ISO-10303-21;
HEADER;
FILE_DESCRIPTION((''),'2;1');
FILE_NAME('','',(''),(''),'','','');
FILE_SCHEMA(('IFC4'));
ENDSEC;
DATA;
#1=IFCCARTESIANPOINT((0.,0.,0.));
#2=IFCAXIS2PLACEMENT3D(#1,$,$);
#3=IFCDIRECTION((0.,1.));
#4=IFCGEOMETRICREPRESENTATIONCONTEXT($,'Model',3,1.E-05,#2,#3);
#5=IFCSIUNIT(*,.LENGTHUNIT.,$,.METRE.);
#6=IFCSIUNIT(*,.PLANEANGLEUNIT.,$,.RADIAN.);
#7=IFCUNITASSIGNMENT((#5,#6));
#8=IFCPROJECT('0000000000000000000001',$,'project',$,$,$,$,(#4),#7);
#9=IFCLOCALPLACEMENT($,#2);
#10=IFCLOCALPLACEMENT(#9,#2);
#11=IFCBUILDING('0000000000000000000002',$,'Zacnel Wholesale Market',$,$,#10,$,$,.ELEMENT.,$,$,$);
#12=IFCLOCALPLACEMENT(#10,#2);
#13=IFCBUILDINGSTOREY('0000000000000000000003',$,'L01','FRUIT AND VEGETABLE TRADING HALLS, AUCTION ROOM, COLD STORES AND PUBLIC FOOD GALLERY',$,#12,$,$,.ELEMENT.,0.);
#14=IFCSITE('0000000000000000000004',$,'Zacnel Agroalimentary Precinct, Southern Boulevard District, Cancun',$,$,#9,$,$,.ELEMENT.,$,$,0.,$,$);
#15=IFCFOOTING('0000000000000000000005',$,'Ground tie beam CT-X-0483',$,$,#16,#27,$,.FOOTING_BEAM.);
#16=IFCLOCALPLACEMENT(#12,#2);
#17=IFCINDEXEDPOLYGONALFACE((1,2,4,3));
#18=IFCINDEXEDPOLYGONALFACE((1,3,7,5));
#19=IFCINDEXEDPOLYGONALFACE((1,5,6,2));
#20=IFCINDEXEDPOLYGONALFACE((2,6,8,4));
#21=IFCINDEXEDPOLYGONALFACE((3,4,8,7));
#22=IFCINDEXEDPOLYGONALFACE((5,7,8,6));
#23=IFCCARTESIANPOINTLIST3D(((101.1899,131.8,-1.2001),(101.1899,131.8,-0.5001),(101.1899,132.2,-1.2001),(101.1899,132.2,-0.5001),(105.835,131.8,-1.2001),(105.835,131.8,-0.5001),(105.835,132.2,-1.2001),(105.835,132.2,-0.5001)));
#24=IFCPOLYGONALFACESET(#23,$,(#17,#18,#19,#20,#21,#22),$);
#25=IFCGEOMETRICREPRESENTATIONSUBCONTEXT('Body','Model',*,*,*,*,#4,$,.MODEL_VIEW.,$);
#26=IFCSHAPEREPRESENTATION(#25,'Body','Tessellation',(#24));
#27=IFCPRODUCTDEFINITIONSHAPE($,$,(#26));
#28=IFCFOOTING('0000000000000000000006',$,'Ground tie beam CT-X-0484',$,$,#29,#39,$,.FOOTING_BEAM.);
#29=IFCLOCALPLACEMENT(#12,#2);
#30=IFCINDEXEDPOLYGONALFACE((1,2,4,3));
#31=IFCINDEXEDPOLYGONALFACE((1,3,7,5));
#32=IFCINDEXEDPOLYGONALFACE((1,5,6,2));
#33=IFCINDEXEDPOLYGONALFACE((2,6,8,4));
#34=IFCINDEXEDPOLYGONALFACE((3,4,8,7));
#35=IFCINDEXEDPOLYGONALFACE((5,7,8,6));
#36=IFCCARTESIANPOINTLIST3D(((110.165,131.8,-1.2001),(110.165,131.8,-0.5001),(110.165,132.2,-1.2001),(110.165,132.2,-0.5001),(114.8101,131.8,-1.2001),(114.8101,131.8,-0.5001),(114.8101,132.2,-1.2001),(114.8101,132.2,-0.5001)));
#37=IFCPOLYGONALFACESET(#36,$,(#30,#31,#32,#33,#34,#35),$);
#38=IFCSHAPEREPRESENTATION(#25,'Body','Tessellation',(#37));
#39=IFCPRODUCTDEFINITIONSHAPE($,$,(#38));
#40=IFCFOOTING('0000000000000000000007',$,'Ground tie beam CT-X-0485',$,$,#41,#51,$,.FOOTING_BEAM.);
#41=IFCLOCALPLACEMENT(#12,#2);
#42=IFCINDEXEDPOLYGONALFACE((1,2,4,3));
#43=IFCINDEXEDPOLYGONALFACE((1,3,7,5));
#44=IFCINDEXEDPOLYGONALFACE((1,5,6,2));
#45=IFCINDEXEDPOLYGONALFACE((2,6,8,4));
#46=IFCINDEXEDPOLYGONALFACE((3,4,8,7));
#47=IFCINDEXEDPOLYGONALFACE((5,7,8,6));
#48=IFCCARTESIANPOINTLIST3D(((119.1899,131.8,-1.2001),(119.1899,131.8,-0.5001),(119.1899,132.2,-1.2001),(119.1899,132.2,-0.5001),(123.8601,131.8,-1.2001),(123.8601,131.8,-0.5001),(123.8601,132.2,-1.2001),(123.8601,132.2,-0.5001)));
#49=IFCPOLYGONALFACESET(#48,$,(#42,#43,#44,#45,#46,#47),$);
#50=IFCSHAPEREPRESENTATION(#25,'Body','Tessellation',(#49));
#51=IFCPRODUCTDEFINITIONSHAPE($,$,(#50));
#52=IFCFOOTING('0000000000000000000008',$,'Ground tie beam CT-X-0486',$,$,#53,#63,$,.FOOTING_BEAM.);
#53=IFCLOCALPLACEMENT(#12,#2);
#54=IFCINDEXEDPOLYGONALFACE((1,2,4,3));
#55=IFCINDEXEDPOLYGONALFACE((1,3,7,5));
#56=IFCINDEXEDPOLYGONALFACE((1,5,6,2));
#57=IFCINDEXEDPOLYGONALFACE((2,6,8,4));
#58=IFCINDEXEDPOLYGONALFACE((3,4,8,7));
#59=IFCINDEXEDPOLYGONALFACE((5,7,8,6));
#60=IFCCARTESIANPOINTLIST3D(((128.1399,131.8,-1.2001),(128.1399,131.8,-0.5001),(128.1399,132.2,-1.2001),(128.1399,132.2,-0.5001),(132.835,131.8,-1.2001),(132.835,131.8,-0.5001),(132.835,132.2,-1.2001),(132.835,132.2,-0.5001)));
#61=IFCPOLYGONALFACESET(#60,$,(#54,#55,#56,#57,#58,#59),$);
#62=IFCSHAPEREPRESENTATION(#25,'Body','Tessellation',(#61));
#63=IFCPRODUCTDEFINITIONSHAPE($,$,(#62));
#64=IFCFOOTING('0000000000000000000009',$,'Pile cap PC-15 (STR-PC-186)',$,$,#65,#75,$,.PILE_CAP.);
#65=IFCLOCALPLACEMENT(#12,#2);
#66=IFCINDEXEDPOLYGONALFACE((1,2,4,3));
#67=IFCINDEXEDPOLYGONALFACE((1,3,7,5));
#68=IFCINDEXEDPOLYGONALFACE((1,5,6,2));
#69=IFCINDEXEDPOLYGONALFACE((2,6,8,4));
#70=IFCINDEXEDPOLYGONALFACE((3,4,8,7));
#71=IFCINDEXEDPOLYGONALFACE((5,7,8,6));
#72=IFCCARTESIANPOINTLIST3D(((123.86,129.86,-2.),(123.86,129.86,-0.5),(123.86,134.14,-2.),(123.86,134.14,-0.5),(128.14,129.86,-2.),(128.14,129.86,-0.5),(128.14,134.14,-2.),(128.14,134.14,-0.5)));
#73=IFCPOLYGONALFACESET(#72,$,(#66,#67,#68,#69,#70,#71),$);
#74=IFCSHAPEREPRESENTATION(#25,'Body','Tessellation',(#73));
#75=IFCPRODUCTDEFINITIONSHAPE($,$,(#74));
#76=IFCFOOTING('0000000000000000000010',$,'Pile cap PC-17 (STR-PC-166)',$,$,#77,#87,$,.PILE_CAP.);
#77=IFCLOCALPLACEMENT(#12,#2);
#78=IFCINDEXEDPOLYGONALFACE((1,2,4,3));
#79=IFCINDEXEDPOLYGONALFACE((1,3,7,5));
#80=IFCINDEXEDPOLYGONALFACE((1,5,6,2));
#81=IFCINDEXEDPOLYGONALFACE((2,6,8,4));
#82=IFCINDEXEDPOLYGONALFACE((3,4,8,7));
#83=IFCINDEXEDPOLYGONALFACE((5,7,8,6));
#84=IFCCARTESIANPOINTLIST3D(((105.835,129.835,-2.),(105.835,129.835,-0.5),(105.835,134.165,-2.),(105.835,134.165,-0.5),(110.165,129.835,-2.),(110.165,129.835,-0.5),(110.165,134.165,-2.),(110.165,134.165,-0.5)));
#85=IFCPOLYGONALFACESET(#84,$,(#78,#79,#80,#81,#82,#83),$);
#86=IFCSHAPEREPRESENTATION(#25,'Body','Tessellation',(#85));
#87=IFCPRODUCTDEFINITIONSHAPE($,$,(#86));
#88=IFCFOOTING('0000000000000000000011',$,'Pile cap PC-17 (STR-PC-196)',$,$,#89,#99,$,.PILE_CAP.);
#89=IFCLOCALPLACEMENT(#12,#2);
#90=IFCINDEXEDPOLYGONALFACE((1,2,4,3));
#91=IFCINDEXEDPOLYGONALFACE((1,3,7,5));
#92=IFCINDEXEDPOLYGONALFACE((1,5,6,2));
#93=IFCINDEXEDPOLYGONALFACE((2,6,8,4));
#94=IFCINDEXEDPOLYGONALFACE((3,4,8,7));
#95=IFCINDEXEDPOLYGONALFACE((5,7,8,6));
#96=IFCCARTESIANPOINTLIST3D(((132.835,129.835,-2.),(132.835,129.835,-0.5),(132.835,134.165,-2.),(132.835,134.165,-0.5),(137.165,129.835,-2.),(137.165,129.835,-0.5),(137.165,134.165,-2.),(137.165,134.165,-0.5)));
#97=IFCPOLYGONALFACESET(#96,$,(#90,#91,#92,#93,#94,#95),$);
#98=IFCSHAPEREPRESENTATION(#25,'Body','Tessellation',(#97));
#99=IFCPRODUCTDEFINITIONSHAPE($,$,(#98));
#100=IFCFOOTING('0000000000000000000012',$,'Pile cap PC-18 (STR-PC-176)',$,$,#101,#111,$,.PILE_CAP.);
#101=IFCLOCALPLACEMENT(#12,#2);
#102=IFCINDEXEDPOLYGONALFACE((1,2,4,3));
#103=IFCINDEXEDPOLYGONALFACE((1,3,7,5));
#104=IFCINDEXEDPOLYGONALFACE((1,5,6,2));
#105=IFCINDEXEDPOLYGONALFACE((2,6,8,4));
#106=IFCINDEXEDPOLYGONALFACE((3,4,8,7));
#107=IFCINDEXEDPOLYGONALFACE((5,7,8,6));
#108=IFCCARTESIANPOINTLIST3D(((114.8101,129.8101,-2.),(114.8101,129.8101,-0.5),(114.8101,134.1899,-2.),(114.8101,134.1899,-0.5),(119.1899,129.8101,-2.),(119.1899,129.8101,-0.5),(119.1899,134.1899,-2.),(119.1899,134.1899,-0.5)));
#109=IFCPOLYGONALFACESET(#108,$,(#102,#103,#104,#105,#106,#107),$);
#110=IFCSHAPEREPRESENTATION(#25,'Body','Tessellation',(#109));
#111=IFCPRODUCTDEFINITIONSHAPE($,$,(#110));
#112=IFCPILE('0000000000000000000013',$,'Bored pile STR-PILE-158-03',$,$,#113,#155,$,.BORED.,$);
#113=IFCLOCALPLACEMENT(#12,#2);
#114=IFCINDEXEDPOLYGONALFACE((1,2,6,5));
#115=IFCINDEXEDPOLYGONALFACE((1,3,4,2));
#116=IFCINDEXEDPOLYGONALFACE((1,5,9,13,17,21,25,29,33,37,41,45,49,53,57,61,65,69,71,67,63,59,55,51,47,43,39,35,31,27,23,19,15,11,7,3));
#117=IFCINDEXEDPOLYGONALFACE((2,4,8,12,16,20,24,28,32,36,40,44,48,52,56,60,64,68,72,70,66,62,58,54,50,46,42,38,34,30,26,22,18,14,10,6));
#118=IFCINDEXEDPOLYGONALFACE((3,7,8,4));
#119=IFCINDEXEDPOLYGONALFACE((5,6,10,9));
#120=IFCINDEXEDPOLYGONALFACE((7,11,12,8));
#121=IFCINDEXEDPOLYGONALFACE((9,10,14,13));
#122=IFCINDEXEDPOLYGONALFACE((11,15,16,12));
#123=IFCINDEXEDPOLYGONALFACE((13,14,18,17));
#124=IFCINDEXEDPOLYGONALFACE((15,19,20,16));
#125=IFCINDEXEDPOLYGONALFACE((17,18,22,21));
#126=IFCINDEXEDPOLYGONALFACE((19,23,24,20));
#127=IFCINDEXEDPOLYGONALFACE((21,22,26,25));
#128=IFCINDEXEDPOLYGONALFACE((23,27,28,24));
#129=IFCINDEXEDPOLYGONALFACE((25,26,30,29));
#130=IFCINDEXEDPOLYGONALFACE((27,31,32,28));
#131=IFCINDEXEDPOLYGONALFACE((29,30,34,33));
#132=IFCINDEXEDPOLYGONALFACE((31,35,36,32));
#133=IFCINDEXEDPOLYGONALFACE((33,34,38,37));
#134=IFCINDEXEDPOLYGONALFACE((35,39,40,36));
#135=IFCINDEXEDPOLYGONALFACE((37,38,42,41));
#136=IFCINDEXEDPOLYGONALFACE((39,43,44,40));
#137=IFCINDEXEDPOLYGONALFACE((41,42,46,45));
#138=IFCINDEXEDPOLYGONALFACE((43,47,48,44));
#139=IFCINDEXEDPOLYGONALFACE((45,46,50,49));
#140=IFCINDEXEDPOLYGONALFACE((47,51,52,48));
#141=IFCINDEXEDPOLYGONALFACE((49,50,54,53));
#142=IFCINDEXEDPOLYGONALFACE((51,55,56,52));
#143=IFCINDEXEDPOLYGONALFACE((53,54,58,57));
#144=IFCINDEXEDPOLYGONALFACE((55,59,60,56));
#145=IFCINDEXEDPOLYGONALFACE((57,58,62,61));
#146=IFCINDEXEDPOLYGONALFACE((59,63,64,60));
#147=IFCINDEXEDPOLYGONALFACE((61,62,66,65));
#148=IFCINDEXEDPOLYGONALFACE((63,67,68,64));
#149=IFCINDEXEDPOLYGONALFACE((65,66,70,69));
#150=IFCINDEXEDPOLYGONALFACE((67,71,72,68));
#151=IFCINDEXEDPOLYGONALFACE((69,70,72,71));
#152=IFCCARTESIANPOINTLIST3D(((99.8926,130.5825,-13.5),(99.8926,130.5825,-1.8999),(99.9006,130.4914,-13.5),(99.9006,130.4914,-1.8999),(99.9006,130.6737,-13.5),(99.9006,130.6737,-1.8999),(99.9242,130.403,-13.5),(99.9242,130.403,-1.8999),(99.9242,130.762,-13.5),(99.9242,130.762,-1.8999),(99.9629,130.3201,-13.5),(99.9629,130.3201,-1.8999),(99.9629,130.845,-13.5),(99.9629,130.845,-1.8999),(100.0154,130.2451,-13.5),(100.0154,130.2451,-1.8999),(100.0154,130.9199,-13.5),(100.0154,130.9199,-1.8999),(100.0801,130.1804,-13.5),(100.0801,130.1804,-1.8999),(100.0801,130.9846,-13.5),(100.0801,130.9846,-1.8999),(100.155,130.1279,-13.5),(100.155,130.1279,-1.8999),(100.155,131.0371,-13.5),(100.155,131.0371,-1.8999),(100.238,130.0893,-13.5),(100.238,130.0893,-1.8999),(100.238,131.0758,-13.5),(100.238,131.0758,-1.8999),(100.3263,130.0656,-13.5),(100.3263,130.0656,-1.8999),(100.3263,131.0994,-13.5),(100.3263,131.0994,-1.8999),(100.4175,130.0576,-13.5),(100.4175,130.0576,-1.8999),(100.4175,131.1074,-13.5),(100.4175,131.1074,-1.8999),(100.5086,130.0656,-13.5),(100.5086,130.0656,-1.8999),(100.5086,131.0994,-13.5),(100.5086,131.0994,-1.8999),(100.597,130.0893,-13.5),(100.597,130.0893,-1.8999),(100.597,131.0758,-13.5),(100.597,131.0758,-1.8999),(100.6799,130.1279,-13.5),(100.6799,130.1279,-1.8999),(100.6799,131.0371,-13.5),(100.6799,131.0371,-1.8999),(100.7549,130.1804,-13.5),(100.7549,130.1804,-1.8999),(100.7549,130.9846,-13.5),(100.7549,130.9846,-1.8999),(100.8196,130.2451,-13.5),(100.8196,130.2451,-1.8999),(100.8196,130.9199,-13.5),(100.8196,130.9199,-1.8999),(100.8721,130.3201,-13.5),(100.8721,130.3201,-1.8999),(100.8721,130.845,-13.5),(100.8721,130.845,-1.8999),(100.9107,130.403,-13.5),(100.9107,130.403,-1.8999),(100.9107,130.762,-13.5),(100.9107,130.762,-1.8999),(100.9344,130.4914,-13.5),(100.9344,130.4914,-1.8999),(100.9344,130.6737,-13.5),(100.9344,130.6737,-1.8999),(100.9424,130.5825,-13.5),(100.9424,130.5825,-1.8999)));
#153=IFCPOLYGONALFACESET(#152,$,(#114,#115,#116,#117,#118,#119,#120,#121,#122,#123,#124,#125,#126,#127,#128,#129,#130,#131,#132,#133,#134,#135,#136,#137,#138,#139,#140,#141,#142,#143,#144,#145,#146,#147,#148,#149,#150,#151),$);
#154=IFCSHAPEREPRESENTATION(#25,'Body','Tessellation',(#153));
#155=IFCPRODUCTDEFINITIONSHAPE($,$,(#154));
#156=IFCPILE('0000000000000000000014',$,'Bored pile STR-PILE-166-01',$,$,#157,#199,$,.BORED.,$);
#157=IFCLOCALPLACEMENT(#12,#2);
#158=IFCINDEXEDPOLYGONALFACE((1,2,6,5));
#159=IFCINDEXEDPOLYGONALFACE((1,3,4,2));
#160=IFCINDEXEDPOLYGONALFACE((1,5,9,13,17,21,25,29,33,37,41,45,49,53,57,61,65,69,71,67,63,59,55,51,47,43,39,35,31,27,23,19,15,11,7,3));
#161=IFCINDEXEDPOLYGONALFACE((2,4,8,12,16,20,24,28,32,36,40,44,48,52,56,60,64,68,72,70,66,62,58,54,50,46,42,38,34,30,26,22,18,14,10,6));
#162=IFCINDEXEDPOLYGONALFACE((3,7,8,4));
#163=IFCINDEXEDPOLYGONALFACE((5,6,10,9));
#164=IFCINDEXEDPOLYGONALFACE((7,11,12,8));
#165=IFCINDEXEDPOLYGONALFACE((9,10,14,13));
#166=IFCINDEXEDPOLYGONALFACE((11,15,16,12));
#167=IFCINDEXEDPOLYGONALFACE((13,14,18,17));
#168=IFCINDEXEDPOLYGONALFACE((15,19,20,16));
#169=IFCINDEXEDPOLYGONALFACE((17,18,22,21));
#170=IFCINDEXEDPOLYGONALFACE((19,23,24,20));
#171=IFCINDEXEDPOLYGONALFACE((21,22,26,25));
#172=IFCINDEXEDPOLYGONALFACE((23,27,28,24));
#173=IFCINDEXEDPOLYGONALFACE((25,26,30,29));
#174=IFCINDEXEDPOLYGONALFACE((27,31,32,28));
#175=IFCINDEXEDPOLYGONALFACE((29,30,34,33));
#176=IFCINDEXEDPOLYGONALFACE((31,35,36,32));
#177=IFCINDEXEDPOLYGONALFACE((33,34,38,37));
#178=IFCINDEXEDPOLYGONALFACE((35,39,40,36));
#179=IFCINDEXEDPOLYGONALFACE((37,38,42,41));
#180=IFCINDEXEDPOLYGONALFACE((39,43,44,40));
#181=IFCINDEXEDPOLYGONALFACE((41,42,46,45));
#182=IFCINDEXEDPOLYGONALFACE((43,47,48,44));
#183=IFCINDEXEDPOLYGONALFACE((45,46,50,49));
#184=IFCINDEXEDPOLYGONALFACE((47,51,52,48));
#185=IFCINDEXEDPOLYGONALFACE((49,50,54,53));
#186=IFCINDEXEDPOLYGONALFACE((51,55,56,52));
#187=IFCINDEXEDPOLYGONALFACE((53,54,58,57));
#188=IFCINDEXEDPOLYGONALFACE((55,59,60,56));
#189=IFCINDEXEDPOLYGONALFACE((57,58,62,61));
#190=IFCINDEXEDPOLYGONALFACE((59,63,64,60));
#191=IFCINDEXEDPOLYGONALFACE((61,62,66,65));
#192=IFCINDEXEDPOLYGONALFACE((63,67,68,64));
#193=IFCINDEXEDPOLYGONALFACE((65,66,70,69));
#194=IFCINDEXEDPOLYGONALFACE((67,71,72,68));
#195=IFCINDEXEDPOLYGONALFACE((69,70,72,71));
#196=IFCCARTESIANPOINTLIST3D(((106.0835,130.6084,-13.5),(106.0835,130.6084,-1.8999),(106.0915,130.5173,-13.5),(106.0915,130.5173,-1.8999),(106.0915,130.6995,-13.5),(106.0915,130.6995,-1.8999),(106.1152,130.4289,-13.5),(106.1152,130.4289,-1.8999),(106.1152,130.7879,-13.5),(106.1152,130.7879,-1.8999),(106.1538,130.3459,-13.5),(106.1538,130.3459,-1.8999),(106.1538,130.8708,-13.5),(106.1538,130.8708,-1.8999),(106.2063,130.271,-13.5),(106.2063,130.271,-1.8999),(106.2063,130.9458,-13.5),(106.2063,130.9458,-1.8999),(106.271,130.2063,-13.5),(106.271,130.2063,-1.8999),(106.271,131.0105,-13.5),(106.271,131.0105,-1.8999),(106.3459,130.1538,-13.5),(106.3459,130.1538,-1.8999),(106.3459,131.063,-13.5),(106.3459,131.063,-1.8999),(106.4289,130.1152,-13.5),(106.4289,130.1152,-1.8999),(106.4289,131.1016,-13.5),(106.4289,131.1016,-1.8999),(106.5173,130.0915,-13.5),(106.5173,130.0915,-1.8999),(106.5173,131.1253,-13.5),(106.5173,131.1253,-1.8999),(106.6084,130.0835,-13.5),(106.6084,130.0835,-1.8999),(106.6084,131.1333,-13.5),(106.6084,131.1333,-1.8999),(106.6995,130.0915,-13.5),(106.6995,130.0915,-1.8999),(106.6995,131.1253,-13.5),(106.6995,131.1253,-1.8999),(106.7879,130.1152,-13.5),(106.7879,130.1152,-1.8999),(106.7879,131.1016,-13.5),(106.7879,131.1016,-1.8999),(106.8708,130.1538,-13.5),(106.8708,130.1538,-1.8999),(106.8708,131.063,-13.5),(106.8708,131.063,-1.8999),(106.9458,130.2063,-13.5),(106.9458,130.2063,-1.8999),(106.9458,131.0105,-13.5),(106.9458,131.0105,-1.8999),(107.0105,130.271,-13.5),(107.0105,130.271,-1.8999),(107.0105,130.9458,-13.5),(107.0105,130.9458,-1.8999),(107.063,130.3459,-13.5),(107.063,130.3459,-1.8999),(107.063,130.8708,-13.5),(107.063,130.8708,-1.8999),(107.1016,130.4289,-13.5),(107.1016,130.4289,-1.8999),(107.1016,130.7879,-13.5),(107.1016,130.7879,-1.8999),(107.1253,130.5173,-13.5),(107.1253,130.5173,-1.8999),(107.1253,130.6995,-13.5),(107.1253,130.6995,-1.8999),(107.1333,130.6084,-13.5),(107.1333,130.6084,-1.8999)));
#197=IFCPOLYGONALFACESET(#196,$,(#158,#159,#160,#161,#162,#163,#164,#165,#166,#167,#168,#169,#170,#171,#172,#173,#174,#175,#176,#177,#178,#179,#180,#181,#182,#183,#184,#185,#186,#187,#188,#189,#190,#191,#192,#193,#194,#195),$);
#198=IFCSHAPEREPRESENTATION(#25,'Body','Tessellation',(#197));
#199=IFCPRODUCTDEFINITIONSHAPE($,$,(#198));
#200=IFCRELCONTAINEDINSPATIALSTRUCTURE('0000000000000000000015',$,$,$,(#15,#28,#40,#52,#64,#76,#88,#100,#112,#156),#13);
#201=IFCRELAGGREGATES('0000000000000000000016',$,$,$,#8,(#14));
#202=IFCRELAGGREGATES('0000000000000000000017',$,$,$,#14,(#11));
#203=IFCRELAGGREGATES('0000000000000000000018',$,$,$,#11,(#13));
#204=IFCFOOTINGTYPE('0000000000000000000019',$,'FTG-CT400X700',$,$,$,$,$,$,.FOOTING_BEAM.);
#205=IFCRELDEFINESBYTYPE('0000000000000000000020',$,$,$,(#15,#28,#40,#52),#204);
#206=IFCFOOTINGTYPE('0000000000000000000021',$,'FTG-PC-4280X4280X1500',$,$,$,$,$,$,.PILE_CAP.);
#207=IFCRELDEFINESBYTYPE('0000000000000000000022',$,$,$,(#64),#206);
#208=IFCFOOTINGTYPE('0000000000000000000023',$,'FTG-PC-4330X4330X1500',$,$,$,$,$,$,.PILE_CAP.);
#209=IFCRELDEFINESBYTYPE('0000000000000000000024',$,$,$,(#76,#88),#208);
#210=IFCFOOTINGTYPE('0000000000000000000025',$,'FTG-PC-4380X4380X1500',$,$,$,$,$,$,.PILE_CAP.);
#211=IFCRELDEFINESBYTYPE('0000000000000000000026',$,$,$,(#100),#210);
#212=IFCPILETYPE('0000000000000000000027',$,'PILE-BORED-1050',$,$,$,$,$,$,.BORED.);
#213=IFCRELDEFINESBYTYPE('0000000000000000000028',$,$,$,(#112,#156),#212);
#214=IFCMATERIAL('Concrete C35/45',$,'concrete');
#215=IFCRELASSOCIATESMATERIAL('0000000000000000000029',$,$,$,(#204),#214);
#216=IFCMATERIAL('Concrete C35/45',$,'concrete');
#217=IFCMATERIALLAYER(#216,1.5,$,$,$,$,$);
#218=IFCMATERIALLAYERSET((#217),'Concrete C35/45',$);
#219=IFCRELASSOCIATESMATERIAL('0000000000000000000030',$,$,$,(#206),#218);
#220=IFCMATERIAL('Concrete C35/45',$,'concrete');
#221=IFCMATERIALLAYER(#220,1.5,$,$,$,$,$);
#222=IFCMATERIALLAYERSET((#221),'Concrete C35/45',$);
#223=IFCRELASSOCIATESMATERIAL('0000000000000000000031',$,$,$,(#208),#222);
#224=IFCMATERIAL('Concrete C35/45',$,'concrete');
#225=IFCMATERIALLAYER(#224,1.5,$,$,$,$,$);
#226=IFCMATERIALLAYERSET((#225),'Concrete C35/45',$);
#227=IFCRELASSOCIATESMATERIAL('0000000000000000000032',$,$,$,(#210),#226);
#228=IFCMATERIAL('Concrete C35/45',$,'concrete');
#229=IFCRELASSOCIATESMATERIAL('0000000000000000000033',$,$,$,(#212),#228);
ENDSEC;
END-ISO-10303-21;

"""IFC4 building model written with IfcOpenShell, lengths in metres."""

from ifc_helpers import new_model, si_unit, direction, frame, origin, origin_2d, place, context, subcontext, project, spatial, rectangle, circle, extrude, material, layer, layer_set, material_profile, profile_set, type_object, element, save


model = new_model("IFC4")

# Units and contexts
model_context = context("Model", 3, precision=1e-05, world=origin(), true_north=direction((0.0, 1.0)))
body_context = subcontext(model_context, "Body", "Model", "MODEL_VIEW")
ifc_project = project(units=[si_unit("LENGTHUNIT", "METRE"), si_unit("PLANEANGLEUNIT", "RADIAN")], contexts=[model_context])

# Site, building, storey
site_placement = place(None, origin())
site = spatial("IfcSite", under=ifc_project, at=site_placement, Name="Zacnel Agroalimentary Precinct, Southern Boulevard District, Cancun", CompositionType="ELEMENT", RefElevation=0.0)
building_placement = place(site_placement, origin())
building = spatial("IfcBuilding", under=site, at=building_placement, Name="Zacnel Wholesale Market", CompositionType="ELEMENT")
storey_placement = place(building_placement, origin())
storey = spatial("IfcBuildingStorey", under=building, at=storey_placement, Name="L01", Description="FRUIT AND VEGETABLE TRADING HALLS, AUCTION ROOM, COLD STORES AND PUBLIC FOOD GALLERY", CompositionType="ELEMENT", Elevation=0.0)

# Footings
ifc_material_1 = material(Name="Concrete C35/45", Category="concrete")
ifc_material_profile_1 = material_profile(ifc_material_1, rectangle(XDim=0.3999, YDim=0.7, at=origin_2d()), Name="CT 400x700")
ifc_profile_set_1 = profile_set([ifc_material_profile_1], Name="Concrete C35/45")
footing_type_1 = type_object("IfcFootingType", Name="FTG-CT400X700", PredefinedType="FOOTING_BEAM", material=ifc_profile_set_1)
for number, where, z_axis, x_axis, name in (
    (1, (101.1899, 132.0, -0.8501), (1.0, 0.0, 0.0), (0.0, 1.0, 0.0), "Ground tie beam CT-X-0483"),
    (2, (110.165, 132.0, -0.8501), (1.0, 0.0, 0.0), (0.0, 1.0, 0.0), "Ground tie beam CT-X-0484"),
):
    element("IfcFooting", number, at=place(storey_placement, frame(where, z_axis=z_axis, x_axis=x_axis)), inside=storey, type_object=footing_type_1, Name=name, PredefinedType="FOOTING_BEAM", context=body_context, shape_type="SweptSolid", body=[
        extrude(rectangle(XDim=0.3999, YDim=0.7, at=origin_2d()), origin(), (0.0, 0.0, 1.0), 4.645),
    ])
footing_1_placement = place(storey_placement, frame((119.1899, 132.0, -0.8501), z_axis=(1.0, 0.0, 0.0), x_axis=(0.0, 1.0, 0.0)))
element("IfcFooting", 3, at=footing_1_placement, inside=storey, type_object=footing_type_1, Name="Ground tie beam CT-X-0485", PredefinedType="FOOTING_BEAM", context=body_context, shape_type="SweptSolid", body=[
    extrude(rectangle(XDim=0.3999, YDim=0.7, at=origin_2d()), origin(), (0.0, 0.0, 1.0), 4.6702),
])
footing_2_placement = place(storey_placement, frame((128.1399, 132.0, -0.8501), z_axis=(1.0, 0.0, 0.0), x_axis=(0.0, 1.0, 0.0)))
element("IfcFooting", 4, at=footing_2_placement, inside=storey, type_object=footing_type_1, Name="Ground tie beam CT-X-0486", PredefinedType="FOOTING_BEAM", context=body_context, shape_type="SweptSolid", body=[
    extrude(rectangle(XDim=0.3999, YDim=0.7, at=origin_2d()), origin(), (0.0, 0.0, 1.0), 4.6951),
])
ifc_material_2 = material(Name="Concrete C35/45", Category="concrete")
ifc_layer_1 = layer(ifc_material_2, 1.5)
ifc_layer_set_1 = layer_set([ifc_layer_1], Name="Concrete C35/45")
footing_type_2 = type_object("IfcFootingType", Name="FTG-PC-4280X4280X1500", PredefinedType="PILE_CAP", material=ifc_layer_set_1)
footing_3_placement = place(storey_placement, frame((126.0, 132.0, -2.0), z_axis=(0.0, 0.0, 1.0), x_axis=(1.0, 0.0, 0.0)))
element("IfcFooting", 5, at=footing_3_placement, inside=storey, type_object=footing_type_2, Name="Pile cap PC-15 (STR-PC-186)", PredefinedType="PILE_CAP", context=body_context, shape_type="SweptSolid", body=[
    extrude(rectangle(XDim=4.28, YDim=4.28, at=origin_2d()), origin(), (0.0, 0.0, 1.0), 1.5),
])
ifc_material_3 = material(Name="Concrete C35/45", Category="concrete")
ifc_layer_2 = layer(ifc_material_3, 1.5)
ifc_layer_set_2 = layer_set([ifc_layer_2], Name="Concrete C35/45")
footing_type_3 = type_object("IfcFootingType", Name="FTG-PC-4330X4330X1500", PredefinedType="PILE_CAP", material=ifc_layer_set_2)
for number, where, z_axis, x_axis, name in (
    (6, (108.0, 132.0, -2.0), (0.0, 0.0, 1.0), (1.0, 0.0, 0.0), "Pile cap PC-17 (STR-PC-166)"),
    (7, (135.0, 132.0, -2.0), (0.0, 0.0, 1.0), (1.0, 0.0, 0.0), "Pile cap PC-17 (STR-PC-196)"),
):
    element("IfcFooting", number, at=place(storey_placement, frame(where, z_axis=z_axis, x_axis=x_axis)), inside=storey, type_object=footing_type_3, Name=name, PredefinedType="PILE_CAP", context=body_context, shape_type="SweptSolid", body=[
        extrude(rectangle(XDim=4.3301, YDim=4.3301, at=origin_2d()), origin(), (0.0, 0.0, 1.0), 1.5),
    ])
ifc_material_4 = material(Name="Concrete C35/45", Category="concrete")
ifc_layer_3 = layer(ifc_material_4, 1.5)
ifc_layer_set_3 = layer_set([ifc_layer_3], Name="Concrete C35/45")
footing_type_4 = type_object("IfcFootingType", Name="FTG-PC-4380X4380X1500", PredefinedType="PILE_CAP", material=ifc_layer_set_3)
footing_4_placement = place(storey_placement, frame((117.0, 132.0, -2.0), z_axis=(0.0, 0.0, 1.0), x_axis=(1.0, 0.0, 0.0)))
element("IfcFooting", 8, at=footing_4_placement, inside=storey, type_object=footing_type_4, Name="Pile cap PC-18 (STR-PC-176)", PredefinedType="PILE_CAP", context=body_context, shape_type="SweptSolid", body=[
    extrude(rectangle(XDim=4.3799, YDim=4.3799, at=origin_2d()), origin(), (0.0, 0.0, 1.0), 1.5),
])

# Piles
ifc_material_5 = material(Name="Concrete C35/45", Category="concrete")
ifc_material_profile_2 = material_profile(ifc_material_5, circle(Radius=0.5249, at=origin_2d()), Name="BORED PILE D1050")
ifc_profile_set_2 = profile_set([ifc_material_profile_2], Name="Concrete C35/45")
pile_type = type_object("IfcPileType", Name="PILE-BORED-1050", PredefinedType="BORED", material=ifc_profile_set_2)
for number, where, z_axis, x_axis, name in (
    (9, (100.4175, 130.5825, -1.8999), (0.0, 0.0, -1.0), (1.0, 0.0, 0.0), "Bored pile STR-PILE-158-03"),
    (10, (106.6084, 130.6084, -1.8999), (0.0, 0.0, -1.0), (1.0, 0.0, 0.0), "Bored pile STR-PILE-166-01"),
):
    element("IfcPile", number, at=place(storey_placement, frame(where, z_axis=z_axis, x_axis=x_axis)), inside=storey, type_object=pile_type, Name=name, PredefinedType="BORED", context=body_context, shape_type="SweptSolid", body=[
        extrude(circle(Radius=0.5249, at=origin_2d()), origin(), (0.0, 0.0, 1.0), 11.6001),
    ])

save(model, "model.ifc")
